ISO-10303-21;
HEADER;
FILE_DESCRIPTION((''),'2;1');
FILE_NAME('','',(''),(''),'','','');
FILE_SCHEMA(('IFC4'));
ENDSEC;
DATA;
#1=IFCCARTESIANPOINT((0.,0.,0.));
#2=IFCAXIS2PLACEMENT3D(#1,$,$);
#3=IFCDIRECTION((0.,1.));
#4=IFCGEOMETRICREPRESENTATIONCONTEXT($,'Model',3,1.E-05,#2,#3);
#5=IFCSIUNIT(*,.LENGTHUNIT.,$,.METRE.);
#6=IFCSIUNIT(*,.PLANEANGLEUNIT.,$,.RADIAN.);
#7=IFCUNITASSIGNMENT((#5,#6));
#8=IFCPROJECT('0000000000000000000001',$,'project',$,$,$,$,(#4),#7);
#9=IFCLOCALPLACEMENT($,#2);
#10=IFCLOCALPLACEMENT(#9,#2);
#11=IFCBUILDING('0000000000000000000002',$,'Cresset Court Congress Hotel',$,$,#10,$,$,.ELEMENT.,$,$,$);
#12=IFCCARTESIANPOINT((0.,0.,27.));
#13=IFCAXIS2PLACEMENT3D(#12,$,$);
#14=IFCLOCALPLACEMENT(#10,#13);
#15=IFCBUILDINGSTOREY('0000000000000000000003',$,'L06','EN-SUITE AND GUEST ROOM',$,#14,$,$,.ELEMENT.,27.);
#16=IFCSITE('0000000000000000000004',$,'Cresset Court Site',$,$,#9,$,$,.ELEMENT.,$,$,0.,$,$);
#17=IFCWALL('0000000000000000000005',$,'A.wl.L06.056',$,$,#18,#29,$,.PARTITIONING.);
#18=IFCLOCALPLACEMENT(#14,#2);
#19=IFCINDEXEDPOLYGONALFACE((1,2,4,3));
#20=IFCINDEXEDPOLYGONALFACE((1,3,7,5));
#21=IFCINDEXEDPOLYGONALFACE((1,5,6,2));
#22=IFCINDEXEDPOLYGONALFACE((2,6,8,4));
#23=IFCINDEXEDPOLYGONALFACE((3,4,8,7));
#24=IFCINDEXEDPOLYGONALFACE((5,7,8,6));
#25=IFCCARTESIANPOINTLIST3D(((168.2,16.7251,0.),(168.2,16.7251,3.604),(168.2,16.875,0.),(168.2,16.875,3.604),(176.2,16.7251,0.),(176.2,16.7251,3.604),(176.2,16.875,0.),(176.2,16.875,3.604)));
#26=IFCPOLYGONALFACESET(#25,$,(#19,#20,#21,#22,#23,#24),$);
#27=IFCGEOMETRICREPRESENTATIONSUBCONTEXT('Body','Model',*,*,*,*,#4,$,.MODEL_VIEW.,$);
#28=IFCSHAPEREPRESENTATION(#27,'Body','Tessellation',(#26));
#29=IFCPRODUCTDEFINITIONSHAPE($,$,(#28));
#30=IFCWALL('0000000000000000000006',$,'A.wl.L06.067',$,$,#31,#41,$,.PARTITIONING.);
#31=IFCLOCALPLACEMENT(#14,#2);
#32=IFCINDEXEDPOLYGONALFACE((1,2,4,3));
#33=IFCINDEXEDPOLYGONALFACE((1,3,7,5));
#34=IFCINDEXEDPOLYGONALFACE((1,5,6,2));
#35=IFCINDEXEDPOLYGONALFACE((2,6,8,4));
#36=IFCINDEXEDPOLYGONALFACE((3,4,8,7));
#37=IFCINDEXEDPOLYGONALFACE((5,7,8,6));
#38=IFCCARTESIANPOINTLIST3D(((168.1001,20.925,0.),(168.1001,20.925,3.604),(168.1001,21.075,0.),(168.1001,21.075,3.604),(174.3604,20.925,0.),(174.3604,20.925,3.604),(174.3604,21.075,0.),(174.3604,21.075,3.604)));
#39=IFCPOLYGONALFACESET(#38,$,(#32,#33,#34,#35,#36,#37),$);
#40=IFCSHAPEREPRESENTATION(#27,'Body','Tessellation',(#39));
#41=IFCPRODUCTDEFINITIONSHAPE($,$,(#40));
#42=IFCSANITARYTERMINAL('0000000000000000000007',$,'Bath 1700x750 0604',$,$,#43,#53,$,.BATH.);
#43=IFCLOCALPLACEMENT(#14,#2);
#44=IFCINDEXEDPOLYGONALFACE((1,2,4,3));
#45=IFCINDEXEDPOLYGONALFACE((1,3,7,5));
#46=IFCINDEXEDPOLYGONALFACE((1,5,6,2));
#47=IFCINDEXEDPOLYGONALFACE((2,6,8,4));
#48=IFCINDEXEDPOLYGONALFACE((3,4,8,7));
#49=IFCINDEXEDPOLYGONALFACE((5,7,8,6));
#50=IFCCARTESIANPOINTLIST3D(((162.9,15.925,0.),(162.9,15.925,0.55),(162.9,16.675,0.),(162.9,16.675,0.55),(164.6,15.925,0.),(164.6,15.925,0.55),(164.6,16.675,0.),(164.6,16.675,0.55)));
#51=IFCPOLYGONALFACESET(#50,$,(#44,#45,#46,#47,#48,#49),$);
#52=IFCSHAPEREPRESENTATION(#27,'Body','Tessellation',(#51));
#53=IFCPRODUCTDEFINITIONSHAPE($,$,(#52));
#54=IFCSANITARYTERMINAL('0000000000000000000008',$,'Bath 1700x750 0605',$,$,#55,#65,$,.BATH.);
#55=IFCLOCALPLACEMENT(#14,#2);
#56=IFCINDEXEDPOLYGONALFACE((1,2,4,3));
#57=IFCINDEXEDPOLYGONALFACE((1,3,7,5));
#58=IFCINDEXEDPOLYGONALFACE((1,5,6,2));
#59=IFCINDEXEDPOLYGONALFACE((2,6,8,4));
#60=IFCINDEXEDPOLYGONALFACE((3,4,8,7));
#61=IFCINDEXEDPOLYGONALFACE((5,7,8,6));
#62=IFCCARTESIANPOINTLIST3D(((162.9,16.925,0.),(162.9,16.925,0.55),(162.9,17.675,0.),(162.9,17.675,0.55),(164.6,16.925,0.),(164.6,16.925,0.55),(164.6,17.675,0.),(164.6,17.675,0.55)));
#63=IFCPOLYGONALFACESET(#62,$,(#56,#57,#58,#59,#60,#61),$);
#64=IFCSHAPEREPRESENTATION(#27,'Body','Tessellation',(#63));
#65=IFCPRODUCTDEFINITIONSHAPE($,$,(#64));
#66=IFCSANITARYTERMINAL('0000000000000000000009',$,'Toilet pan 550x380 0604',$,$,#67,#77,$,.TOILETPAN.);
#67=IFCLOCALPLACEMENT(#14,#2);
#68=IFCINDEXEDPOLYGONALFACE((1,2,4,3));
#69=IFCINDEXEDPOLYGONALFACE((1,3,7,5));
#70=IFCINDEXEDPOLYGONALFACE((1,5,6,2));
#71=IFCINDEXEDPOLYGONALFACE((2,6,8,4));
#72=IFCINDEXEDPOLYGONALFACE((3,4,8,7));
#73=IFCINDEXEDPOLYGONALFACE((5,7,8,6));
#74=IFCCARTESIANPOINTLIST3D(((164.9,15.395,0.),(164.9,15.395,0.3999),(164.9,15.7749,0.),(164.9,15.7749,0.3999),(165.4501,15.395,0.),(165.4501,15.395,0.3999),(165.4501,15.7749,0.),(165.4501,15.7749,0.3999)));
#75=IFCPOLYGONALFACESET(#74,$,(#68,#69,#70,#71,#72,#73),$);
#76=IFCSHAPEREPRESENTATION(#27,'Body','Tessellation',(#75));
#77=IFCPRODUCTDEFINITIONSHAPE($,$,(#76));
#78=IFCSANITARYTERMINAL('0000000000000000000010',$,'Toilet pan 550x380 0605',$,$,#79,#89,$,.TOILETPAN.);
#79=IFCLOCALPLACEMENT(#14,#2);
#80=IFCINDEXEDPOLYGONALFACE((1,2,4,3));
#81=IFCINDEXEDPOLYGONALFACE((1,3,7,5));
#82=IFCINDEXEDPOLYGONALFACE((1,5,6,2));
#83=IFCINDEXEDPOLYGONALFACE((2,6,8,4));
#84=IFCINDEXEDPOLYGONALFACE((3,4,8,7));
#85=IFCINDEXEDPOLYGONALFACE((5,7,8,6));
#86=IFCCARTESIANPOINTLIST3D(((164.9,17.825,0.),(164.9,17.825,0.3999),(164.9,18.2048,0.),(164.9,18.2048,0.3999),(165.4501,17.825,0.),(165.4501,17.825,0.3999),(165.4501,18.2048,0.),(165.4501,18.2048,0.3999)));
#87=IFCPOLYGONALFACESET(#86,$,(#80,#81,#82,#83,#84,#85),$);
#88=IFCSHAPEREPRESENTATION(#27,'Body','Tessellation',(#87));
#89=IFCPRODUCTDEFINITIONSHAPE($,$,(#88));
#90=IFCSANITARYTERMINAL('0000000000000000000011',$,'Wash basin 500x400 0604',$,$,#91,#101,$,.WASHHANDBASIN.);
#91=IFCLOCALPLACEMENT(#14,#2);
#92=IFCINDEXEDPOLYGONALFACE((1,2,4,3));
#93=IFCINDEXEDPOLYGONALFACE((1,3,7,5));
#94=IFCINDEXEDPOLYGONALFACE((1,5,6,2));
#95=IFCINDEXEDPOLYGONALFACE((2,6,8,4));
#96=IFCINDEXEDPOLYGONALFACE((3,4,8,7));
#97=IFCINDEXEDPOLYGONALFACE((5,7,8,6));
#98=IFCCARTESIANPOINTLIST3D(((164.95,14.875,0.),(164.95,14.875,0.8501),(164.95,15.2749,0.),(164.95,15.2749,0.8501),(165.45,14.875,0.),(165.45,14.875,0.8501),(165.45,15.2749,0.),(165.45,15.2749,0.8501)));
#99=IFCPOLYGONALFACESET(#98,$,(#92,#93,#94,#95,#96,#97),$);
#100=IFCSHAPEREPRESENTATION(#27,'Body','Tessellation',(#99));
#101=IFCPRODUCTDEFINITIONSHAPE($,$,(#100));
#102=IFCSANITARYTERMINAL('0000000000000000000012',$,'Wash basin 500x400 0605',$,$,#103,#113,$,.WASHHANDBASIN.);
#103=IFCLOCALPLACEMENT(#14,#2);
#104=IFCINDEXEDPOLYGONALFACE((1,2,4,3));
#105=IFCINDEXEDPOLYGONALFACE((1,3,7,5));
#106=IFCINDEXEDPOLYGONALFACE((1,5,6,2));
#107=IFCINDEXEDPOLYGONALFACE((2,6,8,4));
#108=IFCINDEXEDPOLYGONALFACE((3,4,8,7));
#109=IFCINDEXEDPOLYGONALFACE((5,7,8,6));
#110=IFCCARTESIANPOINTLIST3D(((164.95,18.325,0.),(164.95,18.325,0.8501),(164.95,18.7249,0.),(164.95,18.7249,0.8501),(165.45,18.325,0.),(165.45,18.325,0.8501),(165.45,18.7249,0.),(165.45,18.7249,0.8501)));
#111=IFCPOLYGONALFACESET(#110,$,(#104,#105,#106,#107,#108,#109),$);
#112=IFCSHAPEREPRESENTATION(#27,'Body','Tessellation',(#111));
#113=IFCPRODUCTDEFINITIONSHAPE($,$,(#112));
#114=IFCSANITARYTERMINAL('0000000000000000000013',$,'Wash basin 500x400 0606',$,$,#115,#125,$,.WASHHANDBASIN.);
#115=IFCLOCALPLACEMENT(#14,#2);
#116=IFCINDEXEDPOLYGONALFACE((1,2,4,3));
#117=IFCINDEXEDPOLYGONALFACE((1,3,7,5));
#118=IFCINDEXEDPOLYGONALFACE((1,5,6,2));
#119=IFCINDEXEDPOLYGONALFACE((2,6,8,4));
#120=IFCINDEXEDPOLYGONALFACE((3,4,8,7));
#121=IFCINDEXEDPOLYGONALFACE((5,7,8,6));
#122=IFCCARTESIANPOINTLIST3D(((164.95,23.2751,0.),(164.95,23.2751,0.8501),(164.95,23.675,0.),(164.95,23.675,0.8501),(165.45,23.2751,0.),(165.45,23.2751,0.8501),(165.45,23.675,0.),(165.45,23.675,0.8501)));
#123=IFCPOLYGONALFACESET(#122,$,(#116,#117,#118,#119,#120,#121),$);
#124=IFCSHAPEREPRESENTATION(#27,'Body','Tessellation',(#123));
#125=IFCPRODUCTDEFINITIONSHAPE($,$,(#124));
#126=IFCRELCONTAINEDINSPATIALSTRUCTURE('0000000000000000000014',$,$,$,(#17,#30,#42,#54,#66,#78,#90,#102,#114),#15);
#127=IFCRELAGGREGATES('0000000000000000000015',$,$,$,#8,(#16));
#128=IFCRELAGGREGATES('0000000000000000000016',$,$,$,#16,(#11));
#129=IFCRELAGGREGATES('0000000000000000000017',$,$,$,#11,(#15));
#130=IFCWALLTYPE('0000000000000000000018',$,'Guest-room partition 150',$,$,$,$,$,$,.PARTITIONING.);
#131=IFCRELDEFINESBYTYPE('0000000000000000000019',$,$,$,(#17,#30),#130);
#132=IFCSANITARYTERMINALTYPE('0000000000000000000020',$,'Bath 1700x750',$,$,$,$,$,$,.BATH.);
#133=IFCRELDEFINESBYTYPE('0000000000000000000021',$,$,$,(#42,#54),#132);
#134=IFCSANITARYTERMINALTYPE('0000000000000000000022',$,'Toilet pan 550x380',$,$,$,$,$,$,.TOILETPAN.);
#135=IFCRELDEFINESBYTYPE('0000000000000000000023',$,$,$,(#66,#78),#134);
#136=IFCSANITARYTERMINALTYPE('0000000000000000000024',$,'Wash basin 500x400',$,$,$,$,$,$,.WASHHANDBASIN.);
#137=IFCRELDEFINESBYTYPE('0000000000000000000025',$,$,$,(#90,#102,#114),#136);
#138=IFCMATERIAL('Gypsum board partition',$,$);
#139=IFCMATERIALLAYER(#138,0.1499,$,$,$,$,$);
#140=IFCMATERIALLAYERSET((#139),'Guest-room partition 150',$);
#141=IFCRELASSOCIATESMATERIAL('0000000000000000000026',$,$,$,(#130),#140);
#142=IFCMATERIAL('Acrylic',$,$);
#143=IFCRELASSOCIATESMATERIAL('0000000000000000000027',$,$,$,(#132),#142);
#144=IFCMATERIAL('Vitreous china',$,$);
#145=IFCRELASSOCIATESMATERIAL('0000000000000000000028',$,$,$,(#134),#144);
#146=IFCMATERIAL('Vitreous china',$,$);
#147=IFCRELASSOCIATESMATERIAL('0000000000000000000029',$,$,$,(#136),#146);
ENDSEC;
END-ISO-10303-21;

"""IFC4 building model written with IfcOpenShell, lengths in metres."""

from ifc_helpers import new_model, si_unit, direction, frame, frame_2d, origin, origin_2d, place, context, subcontext, project, spatial, rectangle, extrude, material, layer, layer_set, type_object, element, save


model = new_model("IFC4")

# Units and contexts
model_context = context("Model", 3, precision=1e-05, world=origin(), true_north=direction((0.0, 1.0)))
body_context = subcontext(model_context, "Body", "Model", "MODEL_VIEW")
ifc_project = project(units=[si_unit("LENGTHUNIT", "METRE"), si_unit("PLANEANGLEUNIT", "RADIAN")], contexts=[model_context])

# Site, building, storey
site_placement = place(None, origin())
site = spatial("IfcSite", under=ifc_project, at=site_placement, Name="Cresset Court Site", CompositionType="ELEMENT", RefElevation=0.0)
building_placement = place(site_placement, origin())
building = spatial("IfcBuilding", under=site, at=building_placement, Name="Cresset Court Congress Hotel", CompositionType="ELEMENT")
storey_placement = place(building_placement, frame((0.0, 0.0, 27.0)))
storey = spatial("IfcBuildingStorey", under=building, at=storey_placement, Name="L06", Description="EN-SUITE AND GUEST ROOM", CompositionType="ELEMENT", Elevation=27.0)

# Walls
ifc_material_1 = material(Name="Gypsum board partition")
ifc_layer_1 = layer(ifc_material_1, 0.1499)
ifc_layer_set_1 = layer_set([ifc_layer_1], Name="Guest-room partition 150")
wall_type_1 = type_object("IfcWallType", Name="Guest-room partition 150", PredefinedType="PARTITIONING", material=ifc_layer_set_1)
wall_1_placement = place(storey_placement, frame((168.2, 16.8, 0.0), z_axis=(0.0, 0.0, 1.0), x_axis=(1.0, 0.0, 0.0)))
element("IfcWall", 1, at=wall_1_placement, inside=storey, type_object=wall_type_1, Name="A.wl.L06.056", PredefinedType="PARTITIONING", context=body_context, shape_type="SweptSolid", body=[
    extrude(rectangle(XDim=8.0, YDim=0.1499, at=frame_2d((4.0, 0.0))), origin(), (0.0, 0.0, 1.0), 3.604),
])
wall_2_placement = place(storey_placement, frame((168.1001, 21.0, 0.0), z_axis=(0.0, 0.0, 1.0), x_axis=(1.0, 0.0, 0.0)))
element("IfcWall", 2, at=wall_2_placement, inside=storey, type_object=wall_type_1, Name="A.wl.L06.067", PredefinedType="PARTITIONING", context=body_context, shape_type="SweptSolid", body=[
    extrude(rectangle(XDim=6.2603, YDim=0.1499, at=frame_2d((3.1301, 0.0))), origin(), (0.0, 0.0, 1.0), 3.604),
])

# Sanitary terminals
ifc_material_2 = material(Name="Acrylic")
sanitary_terminal_type_1 = type_object("IfcSanitaryTerminalType", Name="Bath 1700x750", PredefinedType="BATH", material=ifc_material_2)
for number, where, z_axis, x_axis, name in (
    (3, (163.75, 16.3, 0.0), (0.0, 0.0, 1.0), (1.0, 0.0, 0.0), "Bath 1700x750 0604"),
    (4, (163.75, 17.3, 0.0), (0.0, 0.0, 1.0), (1.0, 0.0, 0.0), "Bath 1700x750 0605"),
):
    element("IfcSanitaryTerminal", number, at=place(storey_placement, frame(where, z_axis=z_axis, x_axis=x_axis)), inside=storey, type_object=sanitary_terminal_type_1, Name=name, PredefinedType="BATH", context=body_context, shape_type="SweptSolid", body=[
        extrude(rectangle(XDim=1.7, YDim=0.75, at=origin_2d()), origin(), (0.0, 0.0, 1.0), 0.55),
    ])
ifc_material_3 = material(Name="Vitreous china")
sanitary_terminal_type_2 = type_object("IfcSanitaryTerminalType", Name="Toilet pan 550x380", PredefinedType="TOILETPAN", material=ifc_material_3)
for number, where, z_axis, x_axis, name in (
    (5, (165.175, 15.585, 0.0), (0.0, 0.0, 1.0), (1.0, 0.0, 0.0), "Toilet pan 550x380 0604"),
    (6, (165.175, 18.0149, 0.0), (0.0, 0.0, 1.0), (1.0, 0.0, 0.0), "Toilet pan 550x380 0605"),
):
    element("IfcSanitaryTerminal", number, at=place(storey_placement, frame(where, z_axis=z_axis, x_axis=x_axis)), inside=storey, type_object=sanitary_terminal_type_2, Name=name, PredefinedType="TOILETPAN", context=body_context, shape_type="SweptSolid", body=[
        extrude(rectangle(XDim=0.55, YDim=0.3799, at=origin_2d()), origin(), (0.0, 0.0, 1.0), 0.3999),
    ])
ifc_material_4 = material(Name="Vitreous china")
sanitary_terminal_type_3 = type_object("IfcSanitaryTerminalType", Name="Wash basin 500x400", PredefinedType="WASHHANDBASIN", material=ifc_material_4)
for number, where, z_axis, x_axis, name in (
    (7, (165.2, 15.075, 0.0), (0.0, 0.0, 1.0), (1.0, 0.0, 0.0), "Wash basin 500x400 0604"),
    (8, (165.2, 18.5249, 0.0), (0.0, 0.0, 1.0), (1.0, 0.0, 0.0), "Wash basin 500x400 0605"),
    (9, (165.2, 23.4751, 0.0), (0.0, 0.0, 1.0), (1.0, 0.0, 0.0), "Wash basin 500x400 0606"),
):
    element("IfcSanitaryTerminal", number, at=place(storey_placement, frame(where, z_axis=z_axis, x_axis=x_axis)), inside=storey, type_object=sanitary_terminal_type_3, Name=name, PredefinedType="WASHHANDBASIN", context=body_context, shape_type="SweptSolid", body=[
        extrude(rectangle(XDim=0.5, YDim=0.3999, at=origin_2d()), origin(), (0.0, 0.0, 1.0), 0.8501),
    ])

save(model, "model.ifc")
